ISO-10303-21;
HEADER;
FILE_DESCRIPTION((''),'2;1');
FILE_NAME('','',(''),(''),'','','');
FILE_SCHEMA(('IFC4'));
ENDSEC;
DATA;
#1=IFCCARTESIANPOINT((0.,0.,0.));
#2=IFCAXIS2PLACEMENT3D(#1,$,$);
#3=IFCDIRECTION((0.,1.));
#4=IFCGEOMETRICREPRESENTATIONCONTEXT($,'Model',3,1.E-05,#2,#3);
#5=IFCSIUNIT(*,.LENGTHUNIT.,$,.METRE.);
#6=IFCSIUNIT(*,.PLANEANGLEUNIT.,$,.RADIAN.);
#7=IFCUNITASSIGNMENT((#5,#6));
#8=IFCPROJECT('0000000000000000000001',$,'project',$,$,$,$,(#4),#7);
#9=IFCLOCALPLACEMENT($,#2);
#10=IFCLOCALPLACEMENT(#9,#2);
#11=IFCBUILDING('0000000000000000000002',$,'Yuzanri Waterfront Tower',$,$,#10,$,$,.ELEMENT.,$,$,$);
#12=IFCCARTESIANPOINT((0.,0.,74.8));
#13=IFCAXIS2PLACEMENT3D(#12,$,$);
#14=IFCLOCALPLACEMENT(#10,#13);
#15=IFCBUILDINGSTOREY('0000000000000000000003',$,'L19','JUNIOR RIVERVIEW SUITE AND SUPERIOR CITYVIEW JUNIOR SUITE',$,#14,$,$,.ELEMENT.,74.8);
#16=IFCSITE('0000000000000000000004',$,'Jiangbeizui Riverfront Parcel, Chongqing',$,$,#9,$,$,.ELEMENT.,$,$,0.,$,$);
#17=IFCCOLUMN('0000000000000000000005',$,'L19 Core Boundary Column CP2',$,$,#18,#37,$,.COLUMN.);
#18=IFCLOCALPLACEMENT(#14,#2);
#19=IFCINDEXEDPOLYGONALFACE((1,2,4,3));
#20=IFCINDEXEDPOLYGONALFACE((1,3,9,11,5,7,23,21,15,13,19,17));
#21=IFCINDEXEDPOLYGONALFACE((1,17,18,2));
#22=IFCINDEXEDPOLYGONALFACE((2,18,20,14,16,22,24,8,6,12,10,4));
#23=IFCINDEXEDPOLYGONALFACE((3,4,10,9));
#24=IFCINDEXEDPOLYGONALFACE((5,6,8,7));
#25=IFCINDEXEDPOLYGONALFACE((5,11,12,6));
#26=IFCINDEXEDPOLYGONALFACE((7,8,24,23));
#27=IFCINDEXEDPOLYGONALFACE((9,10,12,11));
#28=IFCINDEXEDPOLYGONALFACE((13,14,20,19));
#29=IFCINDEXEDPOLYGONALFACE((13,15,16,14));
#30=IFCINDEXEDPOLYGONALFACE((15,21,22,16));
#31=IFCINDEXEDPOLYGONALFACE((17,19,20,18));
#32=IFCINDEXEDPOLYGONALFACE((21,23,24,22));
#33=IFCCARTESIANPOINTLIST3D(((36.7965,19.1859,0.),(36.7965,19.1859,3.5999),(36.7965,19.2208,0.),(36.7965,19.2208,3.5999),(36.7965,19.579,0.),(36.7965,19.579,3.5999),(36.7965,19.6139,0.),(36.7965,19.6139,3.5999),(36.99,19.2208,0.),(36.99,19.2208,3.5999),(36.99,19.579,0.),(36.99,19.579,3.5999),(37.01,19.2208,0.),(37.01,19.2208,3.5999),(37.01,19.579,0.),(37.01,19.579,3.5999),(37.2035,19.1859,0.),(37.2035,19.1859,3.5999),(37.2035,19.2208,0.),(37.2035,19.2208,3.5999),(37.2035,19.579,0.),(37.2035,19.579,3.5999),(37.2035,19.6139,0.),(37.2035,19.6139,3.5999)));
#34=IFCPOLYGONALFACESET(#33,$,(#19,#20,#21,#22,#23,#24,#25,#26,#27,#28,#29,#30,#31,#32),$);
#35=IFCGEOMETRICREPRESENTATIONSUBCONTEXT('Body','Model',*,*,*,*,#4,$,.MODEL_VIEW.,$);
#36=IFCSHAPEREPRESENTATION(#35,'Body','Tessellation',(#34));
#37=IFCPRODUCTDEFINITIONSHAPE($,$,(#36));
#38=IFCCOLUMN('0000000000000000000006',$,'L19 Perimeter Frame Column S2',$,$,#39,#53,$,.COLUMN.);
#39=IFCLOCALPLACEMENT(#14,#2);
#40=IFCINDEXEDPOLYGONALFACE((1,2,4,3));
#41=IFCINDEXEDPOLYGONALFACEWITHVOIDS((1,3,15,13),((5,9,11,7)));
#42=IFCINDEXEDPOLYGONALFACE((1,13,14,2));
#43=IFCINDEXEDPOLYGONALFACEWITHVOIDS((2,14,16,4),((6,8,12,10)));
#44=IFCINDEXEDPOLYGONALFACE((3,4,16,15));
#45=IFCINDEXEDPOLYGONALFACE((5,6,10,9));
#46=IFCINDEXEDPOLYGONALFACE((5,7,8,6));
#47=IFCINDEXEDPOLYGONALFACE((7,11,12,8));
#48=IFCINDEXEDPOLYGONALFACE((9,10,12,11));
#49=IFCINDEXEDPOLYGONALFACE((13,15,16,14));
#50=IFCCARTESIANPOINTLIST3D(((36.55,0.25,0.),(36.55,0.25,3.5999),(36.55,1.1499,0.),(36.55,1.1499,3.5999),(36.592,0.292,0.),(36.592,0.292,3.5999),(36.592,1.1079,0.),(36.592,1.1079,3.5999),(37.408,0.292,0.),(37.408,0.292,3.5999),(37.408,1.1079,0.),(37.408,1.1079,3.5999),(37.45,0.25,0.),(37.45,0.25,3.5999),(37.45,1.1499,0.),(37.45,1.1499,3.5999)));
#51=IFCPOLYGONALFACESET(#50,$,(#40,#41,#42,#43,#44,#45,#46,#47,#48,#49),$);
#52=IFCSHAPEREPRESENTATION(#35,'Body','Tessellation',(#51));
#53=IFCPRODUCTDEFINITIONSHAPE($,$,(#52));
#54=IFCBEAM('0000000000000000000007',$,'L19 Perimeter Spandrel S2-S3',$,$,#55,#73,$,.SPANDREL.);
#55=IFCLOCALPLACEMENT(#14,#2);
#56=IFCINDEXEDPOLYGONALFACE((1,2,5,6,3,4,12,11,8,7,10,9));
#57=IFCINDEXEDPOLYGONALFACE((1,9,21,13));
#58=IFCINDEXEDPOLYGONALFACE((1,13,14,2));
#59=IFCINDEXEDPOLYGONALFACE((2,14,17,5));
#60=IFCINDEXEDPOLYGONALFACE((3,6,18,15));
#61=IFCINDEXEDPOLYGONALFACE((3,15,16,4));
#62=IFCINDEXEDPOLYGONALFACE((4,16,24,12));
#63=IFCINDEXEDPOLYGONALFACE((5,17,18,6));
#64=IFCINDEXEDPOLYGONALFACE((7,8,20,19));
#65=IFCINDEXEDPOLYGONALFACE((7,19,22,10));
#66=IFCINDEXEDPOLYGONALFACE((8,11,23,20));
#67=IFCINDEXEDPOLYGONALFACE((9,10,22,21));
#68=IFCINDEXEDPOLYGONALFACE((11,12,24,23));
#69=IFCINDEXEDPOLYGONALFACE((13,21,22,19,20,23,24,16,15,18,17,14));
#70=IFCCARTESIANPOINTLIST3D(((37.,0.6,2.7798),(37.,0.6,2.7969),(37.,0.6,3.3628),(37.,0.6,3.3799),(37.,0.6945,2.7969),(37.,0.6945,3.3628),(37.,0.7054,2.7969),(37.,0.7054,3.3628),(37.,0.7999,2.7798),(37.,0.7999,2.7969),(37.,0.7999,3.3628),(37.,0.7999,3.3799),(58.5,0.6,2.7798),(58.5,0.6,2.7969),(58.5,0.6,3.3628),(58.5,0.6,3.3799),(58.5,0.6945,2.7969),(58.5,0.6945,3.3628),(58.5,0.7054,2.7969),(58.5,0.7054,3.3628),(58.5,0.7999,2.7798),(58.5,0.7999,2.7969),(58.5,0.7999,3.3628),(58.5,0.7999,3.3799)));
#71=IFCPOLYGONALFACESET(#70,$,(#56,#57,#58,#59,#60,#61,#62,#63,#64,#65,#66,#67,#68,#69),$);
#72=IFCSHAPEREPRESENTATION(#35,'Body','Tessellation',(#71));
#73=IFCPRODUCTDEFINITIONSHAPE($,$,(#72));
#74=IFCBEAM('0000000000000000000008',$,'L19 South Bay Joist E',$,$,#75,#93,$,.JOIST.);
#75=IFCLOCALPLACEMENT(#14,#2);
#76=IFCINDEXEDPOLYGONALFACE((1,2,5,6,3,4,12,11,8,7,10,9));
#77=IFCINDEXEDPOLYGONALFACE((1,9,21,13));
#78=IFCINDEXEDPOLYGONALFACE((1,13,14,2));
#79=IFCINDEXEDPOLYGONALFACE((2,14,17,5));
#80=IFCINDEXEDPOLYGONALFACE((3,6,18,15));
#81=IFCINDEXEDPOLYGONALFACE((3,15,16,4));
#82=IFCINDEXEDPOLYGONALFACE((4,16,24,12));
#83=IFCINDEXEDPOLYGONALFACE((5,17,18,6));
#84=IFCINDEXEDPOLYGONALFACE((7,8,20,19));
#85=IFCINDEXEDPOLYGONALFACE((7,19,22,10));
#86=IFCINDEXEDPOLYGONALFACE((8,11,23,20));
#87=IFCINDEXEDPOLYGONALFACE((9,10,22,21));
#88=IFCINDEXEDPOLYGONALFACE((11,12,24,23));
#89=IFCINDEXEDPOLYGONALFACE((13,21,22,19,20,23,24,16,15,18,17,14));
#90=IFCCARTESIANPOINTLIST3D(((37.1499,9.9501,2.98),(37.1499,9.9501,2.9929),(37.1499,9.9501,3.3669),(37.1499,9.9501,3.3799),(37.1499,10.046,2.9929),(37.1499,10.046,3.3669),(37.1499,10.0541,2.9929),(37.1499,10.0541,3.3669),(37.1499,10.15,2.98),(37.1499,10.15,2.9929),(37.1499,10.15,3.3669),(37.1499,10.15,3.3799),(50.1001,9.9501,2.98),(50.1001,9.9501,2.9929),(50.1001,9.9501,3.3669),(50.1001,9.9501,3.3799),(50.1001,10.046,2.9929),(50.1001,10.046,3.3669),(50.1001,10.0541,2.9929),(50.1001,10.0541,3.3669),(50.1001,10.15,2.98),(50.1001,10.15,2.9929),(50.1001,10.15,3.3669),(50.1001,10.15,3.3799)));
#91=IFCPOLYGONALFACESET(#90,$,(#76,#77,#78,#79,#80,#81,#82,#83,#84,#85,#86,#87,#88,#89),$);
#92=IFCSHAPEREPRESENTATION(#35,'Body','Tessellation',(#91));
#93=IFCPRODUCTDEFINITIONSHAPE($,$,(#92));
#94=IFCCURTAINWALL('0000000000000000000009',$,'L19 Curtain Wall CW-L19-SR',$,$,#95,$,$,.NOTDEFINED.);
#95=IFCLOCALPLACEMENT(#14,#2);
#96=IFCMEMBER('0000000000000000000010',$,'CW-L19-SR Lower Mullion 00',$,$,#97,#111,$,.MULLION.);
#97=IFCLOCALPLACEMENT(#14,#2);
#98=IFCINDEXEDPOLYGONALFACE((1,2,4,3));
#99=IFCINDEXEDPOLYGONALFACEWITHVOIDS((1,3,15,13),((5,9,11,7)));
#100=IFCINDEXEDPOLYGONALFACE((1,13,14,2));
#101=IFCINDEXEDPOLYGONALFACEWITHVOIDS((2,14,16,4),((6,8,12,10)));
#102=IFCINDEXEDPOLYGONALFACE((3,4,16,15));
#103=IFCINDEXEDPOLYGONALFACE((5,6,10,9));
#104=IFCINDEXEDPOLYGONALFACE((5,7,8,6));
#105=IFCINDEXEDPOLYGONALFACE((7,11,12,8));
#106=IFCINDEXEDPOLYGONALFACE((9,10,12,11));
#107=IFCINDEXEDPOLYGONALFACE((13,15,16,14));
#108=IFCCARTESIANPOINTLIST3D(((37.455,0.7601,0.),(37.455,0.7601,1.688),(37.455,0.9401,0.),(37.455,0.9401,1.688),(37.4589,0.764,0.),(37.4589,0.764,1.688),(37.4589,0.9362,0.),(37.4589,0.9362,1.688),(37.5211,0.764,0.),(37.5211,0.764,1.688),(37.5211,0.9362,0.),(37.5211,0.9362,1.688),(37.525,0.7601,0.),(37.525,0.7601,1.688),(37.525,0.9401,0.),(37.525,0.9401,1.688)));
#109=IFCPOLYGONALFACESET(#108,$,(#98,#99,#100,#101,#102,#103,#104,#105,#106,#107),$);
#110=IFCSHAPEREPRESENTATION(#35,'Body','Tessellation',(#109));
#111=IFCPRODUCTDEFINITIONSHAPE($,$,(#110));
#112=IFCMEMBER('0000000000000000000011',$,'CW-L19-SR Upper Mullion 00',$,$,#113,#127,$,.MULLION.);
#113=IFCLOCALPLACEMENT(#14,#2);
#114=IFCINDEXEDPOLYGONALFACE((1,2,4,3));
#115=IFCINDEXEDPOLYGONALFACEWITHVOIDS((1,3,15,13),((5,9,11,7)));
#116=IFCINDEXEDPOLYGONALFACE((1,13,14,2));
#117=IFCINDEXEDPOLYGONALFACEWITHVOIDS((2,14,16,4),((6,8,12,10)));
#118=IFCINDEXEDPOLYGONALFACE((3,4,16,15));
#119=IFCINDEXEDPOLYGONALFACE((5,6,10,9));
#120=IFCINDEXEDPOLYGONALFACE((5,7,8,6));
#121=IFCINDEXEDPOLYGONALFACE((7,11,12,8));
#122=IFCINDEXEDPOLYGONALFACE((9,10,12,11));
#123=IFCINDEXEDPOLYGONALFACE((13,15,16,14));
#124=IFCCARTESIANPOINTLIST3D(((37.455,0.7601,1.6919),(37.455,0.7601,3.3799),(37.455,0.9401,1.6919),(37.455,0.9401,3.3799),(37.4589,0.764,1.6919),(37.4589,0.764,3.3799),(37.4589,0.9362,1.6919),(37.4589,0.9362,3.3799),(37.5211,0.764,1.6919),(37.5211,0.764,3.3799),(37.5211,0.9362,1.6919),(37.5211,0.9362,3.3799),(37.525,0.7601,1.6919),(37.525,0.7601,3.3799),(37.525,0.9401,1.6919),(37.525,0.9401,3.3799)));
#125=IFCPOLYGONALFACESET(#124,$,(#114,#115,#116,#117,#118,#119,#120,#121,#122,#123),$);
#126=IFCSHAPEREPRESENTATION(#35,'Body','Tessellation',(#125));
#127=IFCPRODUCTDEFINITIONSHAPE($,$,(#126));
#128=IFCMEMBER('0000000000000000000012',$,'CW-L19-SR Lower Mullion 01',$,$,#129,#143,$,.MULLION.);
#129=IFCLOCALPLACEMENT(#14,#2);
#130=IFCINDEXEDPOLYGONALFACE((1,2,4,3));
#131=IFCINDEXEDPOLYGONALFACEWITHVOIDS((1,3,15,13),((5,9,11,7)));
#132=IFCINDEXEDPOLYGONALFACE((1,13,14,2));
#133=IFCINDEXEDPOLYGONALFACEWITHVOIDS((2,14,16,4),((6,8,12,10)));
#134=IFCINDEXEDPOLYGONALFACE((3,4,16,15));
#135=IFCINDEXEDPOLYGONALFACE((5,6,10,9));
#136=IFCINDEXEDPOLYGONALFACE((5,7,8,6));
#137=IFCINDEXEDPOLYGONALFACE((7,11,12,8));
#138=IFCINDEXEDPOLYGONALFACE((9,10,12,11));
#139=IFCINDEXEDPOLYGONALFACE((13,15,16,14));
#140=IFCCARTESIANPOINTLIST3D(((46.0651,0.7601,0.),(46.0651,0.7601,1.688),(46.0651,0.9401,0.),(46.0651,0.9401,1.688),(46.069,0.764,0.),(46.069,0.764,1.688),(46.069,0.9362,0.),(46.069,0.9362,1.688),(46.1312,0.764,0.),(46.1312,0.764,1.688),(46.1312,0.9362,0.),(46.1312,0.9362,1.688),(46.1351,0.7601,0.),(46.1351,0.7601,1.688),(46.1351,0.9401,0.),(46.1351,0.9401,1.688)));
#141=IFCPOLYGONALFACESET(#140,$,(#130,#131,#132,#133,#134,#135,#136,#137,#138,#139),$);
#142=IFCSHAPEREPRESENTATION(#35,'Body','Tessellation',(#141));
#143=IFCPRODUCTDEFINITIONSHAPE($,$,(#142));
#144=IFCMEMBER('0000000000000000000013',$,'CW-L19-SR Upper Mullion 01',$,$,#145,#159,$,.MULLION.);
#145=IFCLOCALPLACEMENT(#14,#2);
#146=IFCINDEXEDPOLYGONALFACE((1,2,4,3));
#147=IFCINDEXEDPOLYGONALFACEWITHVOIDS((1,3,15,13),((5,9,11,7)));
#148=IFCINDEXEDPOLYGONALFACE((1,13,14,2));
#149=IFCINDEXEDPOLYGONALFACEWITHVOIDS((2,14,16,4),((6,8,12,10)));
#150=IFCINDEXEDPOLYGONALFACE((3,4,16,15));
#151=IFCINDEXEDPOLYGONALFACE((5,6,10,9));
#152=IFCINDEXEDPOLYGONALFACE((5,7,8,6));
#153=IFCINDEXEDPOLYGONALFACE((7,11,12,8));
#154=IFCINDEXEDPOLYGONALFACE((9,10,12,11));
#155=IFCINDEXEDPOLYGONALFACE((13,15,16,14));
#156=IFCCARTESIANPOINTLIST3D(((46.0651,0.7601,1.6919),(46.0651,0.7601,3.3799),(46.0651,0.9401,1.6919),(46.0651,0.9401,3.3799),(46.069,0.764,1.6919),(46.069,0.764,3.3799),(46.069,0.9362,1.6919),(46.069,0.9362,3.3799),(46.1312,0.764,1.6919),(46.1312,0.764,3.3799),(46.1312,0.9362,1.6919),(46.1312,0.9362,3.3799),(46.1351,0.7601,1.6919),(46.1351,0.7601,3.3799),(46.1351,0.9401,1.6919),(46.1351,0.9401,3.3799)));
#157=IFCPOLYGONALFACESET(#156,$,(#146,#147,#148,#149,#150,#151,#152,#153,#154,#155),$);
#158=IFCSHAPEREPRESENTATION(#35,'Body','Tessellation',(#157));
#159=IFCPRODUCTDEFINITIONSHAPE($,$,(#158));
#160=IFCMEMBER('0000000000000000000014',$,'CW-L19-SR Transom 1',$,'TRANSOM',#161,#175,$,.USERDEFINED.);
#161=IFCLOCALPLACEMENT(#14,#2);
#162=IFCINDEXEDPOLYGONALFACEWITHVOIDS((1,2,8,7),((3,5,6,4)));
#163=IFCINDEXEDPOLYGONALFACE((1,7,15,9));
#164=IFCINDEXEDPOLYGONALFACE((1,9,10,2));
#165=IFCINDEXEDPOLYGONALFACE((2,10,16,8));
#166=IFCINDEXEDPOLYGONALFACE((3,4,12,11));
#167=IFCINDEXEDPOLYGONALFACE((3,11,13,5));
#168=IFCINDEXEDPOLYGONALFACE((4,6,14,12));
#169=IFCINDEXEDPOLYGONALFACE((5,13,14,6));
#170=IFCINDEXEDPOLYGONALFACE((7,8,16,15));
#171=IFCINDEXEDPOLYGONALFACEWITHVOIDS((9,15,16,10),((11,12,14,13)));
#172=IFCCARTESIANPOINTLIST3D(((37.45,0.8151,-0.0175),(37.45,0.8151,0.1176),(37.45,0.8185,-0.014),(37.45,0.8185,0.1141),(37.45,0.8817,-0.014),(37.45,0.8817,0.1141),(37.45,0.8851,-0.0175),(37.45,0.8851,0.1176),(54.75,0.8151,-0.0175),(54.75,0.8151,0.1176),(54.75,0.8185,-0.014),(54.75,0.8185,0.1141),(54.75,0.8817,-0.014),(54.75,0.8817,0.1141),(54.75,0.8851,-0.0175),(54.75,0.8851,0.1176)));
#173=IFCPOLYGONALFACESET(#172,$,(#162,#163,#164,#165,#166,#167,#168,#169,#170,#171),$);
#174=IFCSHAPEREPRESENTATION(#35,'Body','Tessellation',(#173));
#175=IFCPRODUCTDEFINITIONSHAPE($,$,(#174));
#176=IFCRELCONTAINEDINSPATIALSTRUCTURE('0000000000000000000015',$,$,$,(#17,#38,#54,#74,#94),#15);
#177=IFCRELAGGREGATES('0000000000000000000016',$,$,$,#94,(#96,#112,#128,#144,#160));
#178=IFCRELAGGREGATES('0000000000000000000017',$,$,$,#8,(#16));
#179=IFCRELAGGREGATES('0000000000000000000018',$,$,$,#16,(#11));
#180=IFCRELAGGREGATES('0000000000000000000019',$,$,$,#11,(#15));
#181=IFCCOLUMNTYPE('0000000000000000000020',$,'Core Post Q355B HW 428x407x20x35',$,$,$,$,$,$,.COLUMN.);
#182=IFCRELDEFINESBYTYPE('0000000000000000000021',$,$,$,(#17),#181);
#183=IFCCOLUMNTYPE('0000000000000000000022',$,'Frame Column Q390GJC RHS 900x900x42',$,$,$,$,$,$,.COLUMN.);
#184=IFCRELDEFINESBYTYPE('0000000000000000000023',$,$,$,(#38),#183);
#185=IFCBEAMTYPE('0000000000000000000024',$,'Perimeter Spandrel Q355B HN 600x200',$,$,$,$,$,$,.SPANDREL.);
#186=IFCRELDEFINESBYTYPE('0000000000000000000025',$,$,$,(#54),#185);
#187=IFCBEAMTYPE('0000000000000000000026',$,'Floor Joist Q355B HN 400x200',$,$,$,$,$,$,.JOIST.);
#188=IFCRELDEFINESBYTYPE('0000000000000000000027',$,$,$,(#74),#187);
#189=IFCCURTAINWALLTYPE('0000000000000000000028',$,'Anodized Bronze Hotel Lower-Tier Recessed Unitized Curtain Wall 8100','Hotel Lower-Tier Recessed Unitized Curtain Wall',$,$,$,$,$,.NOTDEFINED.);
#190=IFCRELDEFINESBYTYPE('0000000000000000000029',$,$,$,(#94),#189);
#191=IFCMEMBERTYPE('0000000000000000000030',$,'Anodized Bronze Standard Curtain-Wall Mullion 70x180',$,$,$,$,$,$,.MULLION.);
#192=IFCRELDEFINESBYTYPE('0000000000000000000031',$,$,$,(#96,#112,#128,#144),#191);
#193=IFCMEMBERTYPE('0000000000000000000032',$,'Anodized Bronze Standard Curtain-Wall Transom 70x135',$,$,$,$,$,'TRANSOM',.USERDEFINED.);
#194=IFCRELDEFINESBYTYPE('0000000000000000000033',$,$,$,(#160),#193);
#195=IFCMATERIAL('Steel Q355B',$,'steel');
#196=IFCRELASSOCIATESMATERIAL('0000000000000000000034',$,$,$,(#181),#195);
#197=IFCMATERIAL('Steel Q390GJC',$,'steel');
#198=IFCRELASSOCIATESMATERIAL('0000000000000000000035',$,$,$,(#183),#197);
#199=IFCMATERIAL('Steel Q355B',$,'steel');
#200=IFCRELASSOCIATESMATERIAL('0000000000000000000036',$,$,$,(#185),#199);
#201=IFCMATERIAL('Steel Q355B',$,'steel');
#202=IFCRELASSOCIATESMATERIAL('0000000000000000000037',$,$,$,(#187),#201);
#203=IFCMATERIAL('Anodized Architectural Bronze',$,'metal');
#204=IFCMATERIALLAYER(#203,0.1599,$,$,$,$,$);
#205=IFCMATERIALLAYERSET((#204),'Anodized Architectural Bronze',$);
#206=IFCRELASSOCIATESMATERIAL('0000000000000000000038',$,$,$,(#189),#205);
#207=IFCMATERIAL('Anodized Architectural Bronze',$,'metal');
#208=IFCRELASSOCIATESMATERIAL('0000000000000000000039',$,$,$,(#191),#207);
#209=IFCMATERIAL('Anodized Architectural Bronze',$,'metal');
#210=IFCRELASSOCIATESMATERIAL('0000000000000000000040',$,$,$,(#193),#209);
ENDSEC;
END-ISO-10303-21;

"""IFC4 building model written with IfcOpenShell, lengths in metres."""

from ifc_helpers import new_model, si_unit, direction, frame, origin, origin_2d, place, context, subcontext, project, spatial, hollow_rectangle, i_section, extrude, source, transform, mapped, material, layer, layer_set, material_profile, profile_set, type_object, element, aggregate, save


model = new_model("IFC4")

# Units and contexts
model_context = context("Model", 3, precision=1e-05, world=origin(), true_north=direction((0.0, 1.0)))
body_context = subcontext(model_context, "Body", "Model", "MODEL_VIEW")
ifc_project = project(units=[si_unit("LENGTHUNIT", "METRE"), si_unit("PLANEANGLEUNIT", "RADIAN")], contexts=[model_context])

# Site, building, storey
site_placement = place(None, origin())
site = spatial("IfcSite", under=ifc_project, at=site_placement, Name="Jiangbeizui Riverfront Parcel, Chongqing", CompositionType="ELEMENT", RefElevation=0.0)
building_placement = place(site_placement, origin())
building = spatial("IfcBuilding", under=site, at=building_placement, Name="Yuzanri Waterfront Tower", CompositionType="ELEMENT")
storey_placement = place(building_placement, frame((0.0, 0.0, 74.8)))
storey = spatial("IfcBuildingStorey", under=building, at=storey_placement, Name="L19", Description="JUNIOR RIVERVIEW SUITE AND SUPERIOR CITYVIEW JUNIOR SUITE", CompositionType="ELEMENT", Elevation=74.8)

# Columns
ifc_material_1 = material(Name="Steel Q355B", Category="steel")
ifc_material_profile_1 = material_profile(ifc_material_1, i_section(OverallWidth=0.407, OverallDepth=0.428, WebThickness=0.02, FlangeThickness=0.0349, at=origin_2d()), Name="HW 428x407x20x35")
ifc_profile_set_1 = profile_set([ifc_material_profile_1], Name="Steel Q355B")
column_type_1 = type_object("IfcColumnType", Name="Core Post Q355B HW 428x407x20x35", PredefinedType="COLUMN", material=ifc_profile_set_1)
shared_shape_1 = source(origin(), body_context, "Body", "SweptSolid", [
    extrude(i_section(OverallWidth=0.407, OverallDepth=0.428, WebThickness=0.02, FlangeThickness=0.0349, at=origin_2d()), origin(), (0.0, 0.0, 1.0), 3.5999),
])
column_1_placement = place(storey_placement, frame((37.0, 19.3999, 0.0), z_axis=(0.0, 0.0, 1.0), x_axis=(1.0, 0.0, 0.0)))
element("IfcColumn", 1, at=column_1_placement, inside=storey, type_object=column_type_1, Name="L19 Core Boundary Column CP2", PredefinedType="COLUMN", context=body_context, shape_type="MappedRepresentation", body=[
    mapped(shared_shape_1, transform((0.0, 0.0, 0.0), scale=1.0)),
])
ifc_material_2 = material(Name="Steel Q390GJC", Category="steel")
ifc_material_profile_2 = material_profile(ifc_material_2, hollow_rectangle(XDim=0.8999, YDim=0.8999, WallThickness=0.042, at=origin_2d()), Name="RHS 900x900x42")
ifc_profile_set_2 = profile_set([ifc_material_profile_2], Name="Steel Q390GJC")
column_type_2 = type_object("IfcColumnType", Name="Frame Column Q390GJC RHS 900x900x42", PredefinedType="COLUMN", material=ifc_profile_set_2)
shared_shape_2 = source(origin(), body_context, "Body", "SweptSolid", [
    extrude(hollow_rectangle(XDim=0.8999, YDim=0.8999, WallThickness=0.042, at=origin_2d()), origin(), (0.0, 0.0, 1.0), 3.5999),
])
column_2_placement = place(storey_placement, frame((37.0, 0.7, 0.0), z_axis=(0.0, 0.0, 1.0), x_axis=(1.0, 0.0, 0.0)))
element("IfcColumn", 2, at=column_2_placement, inside=storey, type_object=column_type_2, Name="L19 Perimeter Frame Column S2", PredefinedType="COLUMN", context=body_context, shape_type="MappedRepresentation", body=[
    mapped(shared_shape_2, transform((0.0, 0.0, 0.0), scale=1.0)),
])

# Beams
ifc_material_3 = material(Name="Steel Q355B", Category="steel")
ifc_material_profile_3 = material_profile(ifc_material_3, i_section(OverallWidth=0.2, OverallDepth=0.6001, WebThickness=0.011, FlangeThickness=0.0171, at=origin_2d()), Name="HN 600x200x11x17")
ifc_profile_set_3 = profile_set([ifc_material_profile_3], Name="Steel Q355B")
beam_type_1 = type_object("IfcBeamType", Name="Perimeter Spandrel Q355B HN 600x200", PredefinedType="SPANDREL", material=ifc_profile_set_3)
shared_shape_3 = source(origin(), body_context, "Body", "SweptSolid", [
    extrude(i_section(OverallWidth=0.2, OverallDepth=0.6001, WebThickness=0.011, FlangeThickness=0.0171, at=origin_2d()), origin(), (0.0, 0.0, 1.0), 21.5),
])
beam_1_placement = place(storey_placement, frame((37.0, 0.7, 3.0798), z_axis=(1.0, 0.0, 0.0), x_axis=(0.0, 1.0, 0.0)))
element("IfcBeam", 3, at=beam_1_placement, inside=storey, type_object=beam_type_1, Name="L19 Perimeter Spandrel S2-S3", PredefinedType="SPANDREL", context=body_context, shape_type="MappedRepresentation", body=[
    mapped(shared_shape_3, transform((0.0, 0.0, 0.0), scale=1.0)),
])
ifc_material_4 = material(Name="Steel Q355B", Category="steel")
ifc_material_profile_4 = material_profile(ifc_material_4, i_section(OverallWidth=0.2, OverallDepth=0.3999, WebThickness=0.0081, FlangeThickness=0.0129, at=origin_2d()), Name="HN 400x200x8x13")
ifc_profile_set_4 = profile_set([ifc_material_profile_4], Name="Steel Q355B")
beam_type_2 = type_object("IfcBeamType", Name="Floor Joist Q355B HN 400x200", PredefinedType="JOIST", material=ifc_profile_set_4)
shared_shape_4 = source(origin(), body_context, "Body", "SweptSolid", [
    extrude(i_section(OverallWidth=0.2, OverallDepth=0.3999, WebThickness=0.0081, FlangeThickness=0.0129, at=origin_2d()), origin(), (0.0, 0.0, 1.0), 12.9502),
])
beam_2_placement = place(storey_placement, frame((37.1499, 10.05, 3.1799), z_axis=(1.0, 0.0, 0.0), x_axis=(0.0, 1.0, 0.0)))
element("IfcBeam", 4, at=beam_2_placement, inside=storey, type_object=beam_type_2, Name="L19 South Bay Joist E", PredefinedType="JOIST", context=body_context, shape_type="MappedRepresentation", body=[
    mapped(shared_shape_4, transform((0.0, 0.0, 0.0), scale=1.0)),
])

# Curtain wall, members
ifc_material_5 = material(Name="Anodized Architectural Bronze", Category="metal")
ifc_layer_1 = layer(ifc_material_5, 0.1599)
ifc_layer_set_1 = layer_set([ifc_layer_1], Name="Anodized Architectural Bronze")
curtain_wall_type = type_object("IfcCurtainWallType", Name="Anodized Bronze Hotel Lower-Tier Recessed Unitized Curtain Wall 8100", Description="Hotel Lower-Tier Recessed Unitized Curtain Wall", PredefinedType="NOTDEFINED", material=ifc_layer_set_1)
curtain_wall_placement = place(storey_placement, origin())
curtain_wall = element("IfcCurtainWall", 5, at=curtain_wall_placement, inside=storey, type_object=curtain_wall_type, Name="L19 Curtain Wall CW-L19-SR", PredefinedType="NOTDEFINED")
ifc_material_6 = material(Name="Anodized Architectural Bronze", Category="metal")
ifc_material_profile_5 = material_profile(ifc_material_6, hollow_rectangle(XDim=0.0701, YDim=0.1799, WallThickness=0.0039, at=origin_2d()), Name="CWM 70x180")
ifc_profile_set_5 = profile_set([ifc_material_profile_5], Name="Anodized Architectural Bronze")
member_type_1 = type_object("IfcMemberType", Name="Anodized Bronze Standard Curtain-Wall Mullion 70x180", PredefinedType="MULLION", material=ifc_profile_set_5)
shared_shape_5 = source(origin(), body_context, "Body", "SweptSolid", [
    extrude(hollow_rectangle(XDim=0.0701, YDim=0.1799, WallThickness=0.0039, at=origin_2d()), origin(), (0.0, 0.0, 1.0), 1.688),
])
member_1_placement = place(storey_placement, frame((37.49, 0.8501, 0.0), z_axis=(0.0, 0.0, 1.0), x_axis=(1.0, 0.0, 0.0)))
member_1 = element("IfcMember", 6, at=member_1_placement, type_object=member_type_1, Name="CW-L19-SR Lower Mullion 00", PredefinedType="MULLION", context=body_context, shape_type="MappedRepresentation", body=[
    mapped(shared_shape_5, transform((0.0, 0.0, 0.0), scale=1.0)),
])
member_2_placement = place(storey_placement, frame((37.49, 0.8501, 1.6919), z_axis=(0.0, 0.0, 1.0), x_axis=(1.0, 0.0, 0.0)))
member_2 = element("IfcMember", 7, at=member_2_placement, type_object=member_type_1, Name="CW-L19-SR Upper Mullion 00", PredefinedType="MULLION", context=body_context, shape_type="MappedRepresentation", body=[
    mapped(shared_shape_5, transform((0.0, 0.0, 0.0), scale=1.0)),
])
member_3_placement = place(storey_placement, frame((46.1001, 0.8501, 0.0), z_axis=(0.0, 0.0, 1.0), x_axis=(1.0, 0.0, 0.0)))
member_3 = element("IfcMember", 8, at=member_3_placement, type_object=member_type_1, Name="CW-L19-SR Lower Mullion 01", PredefinedType="MULLION", context=body_context, shape_type="MappedRepresentation", body=[
    mapped(shared_shape_5, transform((0.0, 0.0, 0.0), scale=1.0)),
])
member_4_placement = place(storey_placement, frame((46.1001, 0.8501, 1.6919), z_axis=(0.0, 0.0, 1.0), x_axis=(1.0, 0.0, 0.0)))
member_4 = element("IfcMember", 9, at=member_4_placement, type_object=member_type_1, Name="CW-L19-SR Upper Mullion 01", PredefinedType="MULLION", context=body_context, shape_type="MappedRepresentation", body=[
    mapped(shared_shape_5, transform((0.0, 0.0, 0.0), scale=1.0)),
])
ifc_material_7 = material(Name="Anodized Architectural Bronze", Category="metal")
ifc_material_profile_6 = material_profile(ifc_material_7, hollow_rectangle(XDim=0.0701, YDim=0.135, WallThickness=0.0034, at=origin_2d()), Name="CWT 70x135")
ifc_profile_set_6 = profile_set([ifc_material_profile_6], Name="Anodized Architectural Bronze")
member_type_2 = type_object("IfcMemberType", Name="Anodized Bronze Standard Curtain-Wall Transom 70x135", ElementType="TRANSOM", PredefinedType="USERDEFINED", material=ifc_profile_set_6)
shared_shape_6 = source(origin(), body_context, "Body", "SweptSolid", [
    extrude(hollow_rectangle(XDim=0.0701, YDim=0.135, WallThickness=0.0034, at=origin_2d()), origin(), (0.0, 0.0, 1.0), 17.3),
])
member_5_placement = place(storey_placement, frame((37.45, 0.8501, 0.05), z_axis=(1.0, 0.0, 0.0), x_axis=(0.0, 1.0, 0.0)))
member_5 = element("IfcMember", 10, at=member_5_placement, type_object=member_type_2, Name="CW-L19-SR Transom 1", ObjectType="TRANSOM", PredefinedType="USERDEFINED", context=body_context, shape_type="MappedRepresentation", body=[
    mapped(shared_shape_6, transform((0.0, 0.0, 0.0), scale=1.0)),
])
aggregate(curtain_wall, [member_1, member_2, member_3, member_4, member_5])

save(model, "model.ifc")
